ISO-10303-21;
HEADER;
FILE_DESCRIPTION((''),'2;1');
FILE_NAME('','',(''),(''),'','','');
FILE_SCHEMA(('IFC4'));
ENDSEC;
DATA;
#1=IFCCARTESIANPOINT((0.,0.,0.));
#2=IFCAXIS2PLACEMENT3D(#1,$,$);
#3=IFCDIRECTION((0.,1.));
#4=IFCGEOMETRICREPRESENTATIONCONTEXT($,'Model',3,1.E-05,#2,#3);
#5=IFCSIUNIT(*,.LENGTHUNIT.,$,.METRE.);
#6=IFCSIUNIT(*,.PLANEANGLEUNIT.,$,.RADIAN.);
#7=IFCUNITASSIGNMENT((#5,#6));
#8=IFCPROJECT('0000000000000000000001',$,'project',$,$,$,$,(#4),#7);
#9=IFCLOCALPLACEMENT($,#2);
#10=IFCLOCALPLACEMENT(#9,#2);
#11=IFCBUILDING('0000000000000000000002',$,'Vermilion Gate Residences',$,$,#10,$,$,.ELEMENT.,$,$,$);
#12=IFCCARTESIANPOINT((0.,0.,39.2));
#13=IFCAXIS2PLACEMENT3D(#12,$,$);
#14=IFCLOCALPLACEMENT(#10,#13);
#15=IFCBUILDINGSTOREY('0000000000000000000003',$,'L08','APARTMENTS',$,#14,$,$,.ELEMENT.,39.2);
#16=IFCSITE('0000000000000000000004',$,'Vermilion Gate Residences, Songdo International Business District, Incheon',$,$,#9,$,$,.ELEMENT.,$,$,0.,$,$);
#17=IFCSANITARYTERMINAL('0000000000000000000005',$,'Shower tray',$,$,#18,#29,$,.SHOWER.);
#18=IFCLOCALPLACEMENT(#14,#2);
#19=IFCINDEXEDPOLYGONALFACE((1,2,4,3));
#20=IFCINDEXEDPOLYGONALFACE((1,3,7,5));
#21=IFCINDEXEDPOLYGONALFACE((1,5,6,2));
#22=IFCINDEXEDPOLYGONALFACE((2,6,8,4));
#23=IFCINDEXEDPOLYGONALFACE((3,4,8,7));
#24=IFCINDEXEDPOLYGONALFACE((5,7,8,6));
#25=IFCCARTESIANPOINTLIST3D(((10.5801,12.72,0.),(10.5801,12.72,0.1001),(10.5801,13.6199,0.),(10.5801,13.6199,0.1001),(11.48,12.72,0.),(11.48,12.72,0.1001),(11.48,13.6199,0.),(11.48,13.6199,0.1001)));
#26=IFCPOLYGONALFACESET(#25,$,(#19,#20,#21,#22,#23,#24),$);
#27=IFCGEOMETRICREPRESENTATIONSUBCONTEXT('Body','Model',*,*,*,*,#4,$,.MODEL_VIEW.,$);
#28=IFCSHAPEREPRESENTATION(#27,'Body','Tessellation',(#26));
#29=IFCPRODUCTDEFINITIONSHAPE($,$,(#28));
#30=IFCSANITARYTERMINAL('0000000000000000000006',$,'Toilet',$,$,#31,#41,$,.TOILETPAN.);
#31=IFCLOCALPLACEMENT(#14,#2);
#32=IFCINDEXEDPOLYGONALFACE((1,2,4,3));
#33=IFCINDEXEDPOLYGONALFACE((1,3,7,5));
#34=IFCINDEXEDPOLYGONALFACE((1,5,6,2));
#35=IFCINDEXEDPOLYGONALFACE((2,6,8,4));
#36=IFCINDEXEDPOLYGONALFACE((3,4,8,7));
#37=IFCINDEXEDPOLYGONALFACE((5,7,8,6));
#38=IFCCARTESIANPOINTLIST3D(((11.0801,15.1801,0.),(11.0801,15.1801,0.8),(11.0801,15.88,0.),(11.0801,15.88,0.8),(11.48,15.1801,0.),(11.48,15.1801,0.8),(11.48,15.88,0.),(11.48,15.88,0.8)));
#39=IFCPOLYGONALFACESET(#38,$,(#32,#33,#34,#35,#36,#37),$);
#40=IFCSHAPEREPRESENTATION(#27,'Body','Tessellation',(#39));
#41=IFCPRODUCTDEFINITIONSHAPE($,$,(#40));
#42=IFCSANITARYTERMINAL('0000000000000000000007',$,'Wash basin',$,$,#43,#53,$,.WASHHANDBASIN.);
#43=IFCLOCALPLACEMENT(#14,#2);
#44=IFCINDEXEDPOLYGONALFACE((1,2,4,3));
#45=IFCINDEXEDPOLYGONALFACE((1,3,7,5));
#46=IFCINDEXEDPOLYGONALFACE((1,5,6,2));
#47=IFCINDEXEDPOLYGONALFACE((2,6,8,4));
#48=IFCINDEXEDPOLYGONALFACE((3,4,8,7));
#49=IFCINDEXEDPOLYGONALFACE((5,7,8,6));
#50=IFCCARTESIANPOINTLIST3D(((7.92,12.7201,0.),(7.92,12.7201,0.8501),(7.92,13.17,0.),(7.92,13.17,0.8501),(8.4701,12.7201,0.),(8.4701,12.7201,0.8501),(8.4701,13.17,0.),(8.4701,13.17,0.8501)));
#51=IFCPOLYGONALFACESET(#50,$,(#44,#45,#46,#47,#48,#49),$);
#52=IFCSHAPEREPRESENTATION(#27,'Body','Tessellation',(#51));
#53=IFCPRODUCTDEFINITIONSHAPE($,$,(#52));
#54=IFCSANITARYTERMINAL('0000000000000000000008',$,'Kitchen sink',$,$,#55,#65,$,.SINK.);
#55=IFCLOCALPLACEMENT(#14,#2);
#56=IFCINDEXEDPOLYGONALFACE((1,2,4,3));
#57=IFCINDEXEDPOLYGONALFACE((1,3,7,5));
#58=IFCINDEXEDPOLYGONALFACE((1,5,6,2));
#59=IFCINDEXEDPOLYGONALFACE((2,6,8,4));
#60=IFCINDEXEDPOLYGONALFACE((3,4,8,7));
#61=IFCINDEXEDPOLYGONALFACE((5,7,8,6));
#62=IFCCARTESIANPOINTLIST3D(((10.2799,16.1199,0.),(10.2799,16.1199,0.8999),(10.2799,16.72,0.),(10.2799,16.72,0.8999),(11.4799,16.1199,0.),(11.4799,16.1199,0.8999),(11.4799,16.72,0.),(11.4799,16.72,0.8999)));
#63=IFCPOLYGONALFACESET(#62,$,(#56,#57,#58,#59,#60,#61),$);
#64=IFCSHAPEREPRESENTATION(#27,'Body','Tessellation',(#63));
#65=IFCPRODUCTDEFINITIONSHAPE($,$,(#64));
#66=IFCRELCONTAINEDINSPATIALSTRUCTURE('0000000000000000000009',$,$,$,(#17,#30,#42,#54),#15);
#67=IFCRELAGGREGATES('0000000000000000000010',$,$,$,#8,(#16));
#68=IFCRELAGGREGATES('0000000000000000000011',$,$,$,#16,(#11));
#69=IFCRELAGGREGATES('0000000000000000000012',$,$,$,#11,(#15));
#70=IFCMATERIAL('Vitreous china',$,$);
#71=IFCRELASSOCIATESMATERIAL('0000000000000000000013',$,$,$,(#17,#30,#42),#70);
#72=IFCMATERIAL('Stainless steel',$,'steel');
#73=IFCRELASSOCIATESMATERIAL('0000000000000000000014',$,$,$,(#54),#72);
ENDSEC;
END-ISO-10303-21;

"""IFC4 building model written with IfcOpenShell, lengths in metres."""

from ifc_helpers import new_model, si_unit, direction, frame, origin, origin_2d, place, context, subcontext, project, spatial, rectangle, extrude, material, element, save


model = new_model("IFC4")

# Units and contexts
model_context = context("Model", 3, precision=1e-05, world=origin(), true_north=direction((0.0, 1.0)))
body_context = subcontext(model_context, "Body", "Model", "MODEL_VIEW")
ifc_project = project(units=[si_unit("LENGTHUNIT", "METRE"), si_unit("PLANEANGLEUNIT", "RADIAN")], contexts=[model_context])

# Site, building, storey
site_placement = place(None, origin())
site = spatial("IfcSite", under=ifc_project, at=site_placement, Name="Vermilion Gate Residences, Songdo International Business District, Incheon", CompositionType="ELEMENT", RefElevation=0.0)
building_placement = place(site_placement, origin())
building = spatial("IfcBuilding", under=site, at=building_placement, Name="Vermilion Gate Residences", CompositionType="ELEMENT")
storey_placement = place(building_placement, frame((0.0, 0.0, 39.2)))
storey = spatial("IfcBuildingStorey", under=building, at=storey_placement, Name="L08", Description="APARTMENTS", CompositionType="ELEMENT", Elevation=39.2)

# Sanitary terminals
ifc_material_1 = material(Name="Stainless steel", Category="steel")
ifc_material_2 = material(Name="Vitreous china")
sanitary_terminal_1_placement = place(storey_placement, frame((11.03, 13.1699, 0.0), z_axis=(0.0, 0.0, 1.0), x_axis=(1.0, 0.0, 0.0)))
element("IfcSanitaryTerminal", 1, at=sanitary_terminal_1_placement, inside=storey, material=ifc_material_2, Name="Shower tray", PredefinedType="SHOWER", context=body_context, shape_type="SweptSolid", body=[
    extrude(rectangle(XDim=0.8999, YDim=0.8999, at=origin_2d()), origin(), (0.0, 0.0, 1.0), 0.1001),
])
sanitary_terminal_2_placement = place(storey_placement, frame((11.28, 15.53, 0.0), z_axis=(0.0, 0.0, 1.0), x_axis=(1.0, 0.0, 0.0)))
element("IfcSanitaryTerminal", 2, at=sanitary_terminal_2_placement, inside=storey, material=ifc_material_2, Name="Toilet", PredefinedType="TOILETPAN", context=body_context, shape_type="SweptSolid", body=[
    extrude(rectangle(XDim=0.3999, YDim=0.7, at=origin_2d()), origin(), (0.0, 0.0, 1.0), 0.8),
])
sanitary_terminal_3_placement = place(storey_placement, frame((8.1951, 12.9451, 0.0), z_axis=(0.0, 0.0, 1.0), x_axis=(1.0, 0.0, 0.0)))
element("IfcSanitaryTerminal", 3, at=sanitary_terminal_3_placement, inside=storey, material=ifc_material_2, Name="Wash basin", PredefinedType="WASHHANDBASIN", context=body_context, shape_type="SweptSolid", body=[
    extrude(rectangle(XDim=0.55, YDim=0.45, at=origin_2d()), origin(), (0.0, 0.0, 1.0), 0.8501),
])
sanitary_terminal_4_placement = place(storey_placement, frame((10.8799, 16.4199, 0.0), z_axis=(0.0, 0.0, 1.0), x_axis=(1.0, 0.0, 0.0)))
element("IfcSanitaryTerminal", 4, at=sanitary_terminal_4_placement, inside=storey, material=ifc_material_1, Name="Kitchen sink", PredefinedType="SINK", context=body_context, shape_type="SweptSolid", body=[
    extrude(rectangle(XDim=1.2, YDim=0.6001, at=origin_2d()), origin(), (0.0, 0.0, 1.0), 0.8999),
])

save(model, "model.ifc")
